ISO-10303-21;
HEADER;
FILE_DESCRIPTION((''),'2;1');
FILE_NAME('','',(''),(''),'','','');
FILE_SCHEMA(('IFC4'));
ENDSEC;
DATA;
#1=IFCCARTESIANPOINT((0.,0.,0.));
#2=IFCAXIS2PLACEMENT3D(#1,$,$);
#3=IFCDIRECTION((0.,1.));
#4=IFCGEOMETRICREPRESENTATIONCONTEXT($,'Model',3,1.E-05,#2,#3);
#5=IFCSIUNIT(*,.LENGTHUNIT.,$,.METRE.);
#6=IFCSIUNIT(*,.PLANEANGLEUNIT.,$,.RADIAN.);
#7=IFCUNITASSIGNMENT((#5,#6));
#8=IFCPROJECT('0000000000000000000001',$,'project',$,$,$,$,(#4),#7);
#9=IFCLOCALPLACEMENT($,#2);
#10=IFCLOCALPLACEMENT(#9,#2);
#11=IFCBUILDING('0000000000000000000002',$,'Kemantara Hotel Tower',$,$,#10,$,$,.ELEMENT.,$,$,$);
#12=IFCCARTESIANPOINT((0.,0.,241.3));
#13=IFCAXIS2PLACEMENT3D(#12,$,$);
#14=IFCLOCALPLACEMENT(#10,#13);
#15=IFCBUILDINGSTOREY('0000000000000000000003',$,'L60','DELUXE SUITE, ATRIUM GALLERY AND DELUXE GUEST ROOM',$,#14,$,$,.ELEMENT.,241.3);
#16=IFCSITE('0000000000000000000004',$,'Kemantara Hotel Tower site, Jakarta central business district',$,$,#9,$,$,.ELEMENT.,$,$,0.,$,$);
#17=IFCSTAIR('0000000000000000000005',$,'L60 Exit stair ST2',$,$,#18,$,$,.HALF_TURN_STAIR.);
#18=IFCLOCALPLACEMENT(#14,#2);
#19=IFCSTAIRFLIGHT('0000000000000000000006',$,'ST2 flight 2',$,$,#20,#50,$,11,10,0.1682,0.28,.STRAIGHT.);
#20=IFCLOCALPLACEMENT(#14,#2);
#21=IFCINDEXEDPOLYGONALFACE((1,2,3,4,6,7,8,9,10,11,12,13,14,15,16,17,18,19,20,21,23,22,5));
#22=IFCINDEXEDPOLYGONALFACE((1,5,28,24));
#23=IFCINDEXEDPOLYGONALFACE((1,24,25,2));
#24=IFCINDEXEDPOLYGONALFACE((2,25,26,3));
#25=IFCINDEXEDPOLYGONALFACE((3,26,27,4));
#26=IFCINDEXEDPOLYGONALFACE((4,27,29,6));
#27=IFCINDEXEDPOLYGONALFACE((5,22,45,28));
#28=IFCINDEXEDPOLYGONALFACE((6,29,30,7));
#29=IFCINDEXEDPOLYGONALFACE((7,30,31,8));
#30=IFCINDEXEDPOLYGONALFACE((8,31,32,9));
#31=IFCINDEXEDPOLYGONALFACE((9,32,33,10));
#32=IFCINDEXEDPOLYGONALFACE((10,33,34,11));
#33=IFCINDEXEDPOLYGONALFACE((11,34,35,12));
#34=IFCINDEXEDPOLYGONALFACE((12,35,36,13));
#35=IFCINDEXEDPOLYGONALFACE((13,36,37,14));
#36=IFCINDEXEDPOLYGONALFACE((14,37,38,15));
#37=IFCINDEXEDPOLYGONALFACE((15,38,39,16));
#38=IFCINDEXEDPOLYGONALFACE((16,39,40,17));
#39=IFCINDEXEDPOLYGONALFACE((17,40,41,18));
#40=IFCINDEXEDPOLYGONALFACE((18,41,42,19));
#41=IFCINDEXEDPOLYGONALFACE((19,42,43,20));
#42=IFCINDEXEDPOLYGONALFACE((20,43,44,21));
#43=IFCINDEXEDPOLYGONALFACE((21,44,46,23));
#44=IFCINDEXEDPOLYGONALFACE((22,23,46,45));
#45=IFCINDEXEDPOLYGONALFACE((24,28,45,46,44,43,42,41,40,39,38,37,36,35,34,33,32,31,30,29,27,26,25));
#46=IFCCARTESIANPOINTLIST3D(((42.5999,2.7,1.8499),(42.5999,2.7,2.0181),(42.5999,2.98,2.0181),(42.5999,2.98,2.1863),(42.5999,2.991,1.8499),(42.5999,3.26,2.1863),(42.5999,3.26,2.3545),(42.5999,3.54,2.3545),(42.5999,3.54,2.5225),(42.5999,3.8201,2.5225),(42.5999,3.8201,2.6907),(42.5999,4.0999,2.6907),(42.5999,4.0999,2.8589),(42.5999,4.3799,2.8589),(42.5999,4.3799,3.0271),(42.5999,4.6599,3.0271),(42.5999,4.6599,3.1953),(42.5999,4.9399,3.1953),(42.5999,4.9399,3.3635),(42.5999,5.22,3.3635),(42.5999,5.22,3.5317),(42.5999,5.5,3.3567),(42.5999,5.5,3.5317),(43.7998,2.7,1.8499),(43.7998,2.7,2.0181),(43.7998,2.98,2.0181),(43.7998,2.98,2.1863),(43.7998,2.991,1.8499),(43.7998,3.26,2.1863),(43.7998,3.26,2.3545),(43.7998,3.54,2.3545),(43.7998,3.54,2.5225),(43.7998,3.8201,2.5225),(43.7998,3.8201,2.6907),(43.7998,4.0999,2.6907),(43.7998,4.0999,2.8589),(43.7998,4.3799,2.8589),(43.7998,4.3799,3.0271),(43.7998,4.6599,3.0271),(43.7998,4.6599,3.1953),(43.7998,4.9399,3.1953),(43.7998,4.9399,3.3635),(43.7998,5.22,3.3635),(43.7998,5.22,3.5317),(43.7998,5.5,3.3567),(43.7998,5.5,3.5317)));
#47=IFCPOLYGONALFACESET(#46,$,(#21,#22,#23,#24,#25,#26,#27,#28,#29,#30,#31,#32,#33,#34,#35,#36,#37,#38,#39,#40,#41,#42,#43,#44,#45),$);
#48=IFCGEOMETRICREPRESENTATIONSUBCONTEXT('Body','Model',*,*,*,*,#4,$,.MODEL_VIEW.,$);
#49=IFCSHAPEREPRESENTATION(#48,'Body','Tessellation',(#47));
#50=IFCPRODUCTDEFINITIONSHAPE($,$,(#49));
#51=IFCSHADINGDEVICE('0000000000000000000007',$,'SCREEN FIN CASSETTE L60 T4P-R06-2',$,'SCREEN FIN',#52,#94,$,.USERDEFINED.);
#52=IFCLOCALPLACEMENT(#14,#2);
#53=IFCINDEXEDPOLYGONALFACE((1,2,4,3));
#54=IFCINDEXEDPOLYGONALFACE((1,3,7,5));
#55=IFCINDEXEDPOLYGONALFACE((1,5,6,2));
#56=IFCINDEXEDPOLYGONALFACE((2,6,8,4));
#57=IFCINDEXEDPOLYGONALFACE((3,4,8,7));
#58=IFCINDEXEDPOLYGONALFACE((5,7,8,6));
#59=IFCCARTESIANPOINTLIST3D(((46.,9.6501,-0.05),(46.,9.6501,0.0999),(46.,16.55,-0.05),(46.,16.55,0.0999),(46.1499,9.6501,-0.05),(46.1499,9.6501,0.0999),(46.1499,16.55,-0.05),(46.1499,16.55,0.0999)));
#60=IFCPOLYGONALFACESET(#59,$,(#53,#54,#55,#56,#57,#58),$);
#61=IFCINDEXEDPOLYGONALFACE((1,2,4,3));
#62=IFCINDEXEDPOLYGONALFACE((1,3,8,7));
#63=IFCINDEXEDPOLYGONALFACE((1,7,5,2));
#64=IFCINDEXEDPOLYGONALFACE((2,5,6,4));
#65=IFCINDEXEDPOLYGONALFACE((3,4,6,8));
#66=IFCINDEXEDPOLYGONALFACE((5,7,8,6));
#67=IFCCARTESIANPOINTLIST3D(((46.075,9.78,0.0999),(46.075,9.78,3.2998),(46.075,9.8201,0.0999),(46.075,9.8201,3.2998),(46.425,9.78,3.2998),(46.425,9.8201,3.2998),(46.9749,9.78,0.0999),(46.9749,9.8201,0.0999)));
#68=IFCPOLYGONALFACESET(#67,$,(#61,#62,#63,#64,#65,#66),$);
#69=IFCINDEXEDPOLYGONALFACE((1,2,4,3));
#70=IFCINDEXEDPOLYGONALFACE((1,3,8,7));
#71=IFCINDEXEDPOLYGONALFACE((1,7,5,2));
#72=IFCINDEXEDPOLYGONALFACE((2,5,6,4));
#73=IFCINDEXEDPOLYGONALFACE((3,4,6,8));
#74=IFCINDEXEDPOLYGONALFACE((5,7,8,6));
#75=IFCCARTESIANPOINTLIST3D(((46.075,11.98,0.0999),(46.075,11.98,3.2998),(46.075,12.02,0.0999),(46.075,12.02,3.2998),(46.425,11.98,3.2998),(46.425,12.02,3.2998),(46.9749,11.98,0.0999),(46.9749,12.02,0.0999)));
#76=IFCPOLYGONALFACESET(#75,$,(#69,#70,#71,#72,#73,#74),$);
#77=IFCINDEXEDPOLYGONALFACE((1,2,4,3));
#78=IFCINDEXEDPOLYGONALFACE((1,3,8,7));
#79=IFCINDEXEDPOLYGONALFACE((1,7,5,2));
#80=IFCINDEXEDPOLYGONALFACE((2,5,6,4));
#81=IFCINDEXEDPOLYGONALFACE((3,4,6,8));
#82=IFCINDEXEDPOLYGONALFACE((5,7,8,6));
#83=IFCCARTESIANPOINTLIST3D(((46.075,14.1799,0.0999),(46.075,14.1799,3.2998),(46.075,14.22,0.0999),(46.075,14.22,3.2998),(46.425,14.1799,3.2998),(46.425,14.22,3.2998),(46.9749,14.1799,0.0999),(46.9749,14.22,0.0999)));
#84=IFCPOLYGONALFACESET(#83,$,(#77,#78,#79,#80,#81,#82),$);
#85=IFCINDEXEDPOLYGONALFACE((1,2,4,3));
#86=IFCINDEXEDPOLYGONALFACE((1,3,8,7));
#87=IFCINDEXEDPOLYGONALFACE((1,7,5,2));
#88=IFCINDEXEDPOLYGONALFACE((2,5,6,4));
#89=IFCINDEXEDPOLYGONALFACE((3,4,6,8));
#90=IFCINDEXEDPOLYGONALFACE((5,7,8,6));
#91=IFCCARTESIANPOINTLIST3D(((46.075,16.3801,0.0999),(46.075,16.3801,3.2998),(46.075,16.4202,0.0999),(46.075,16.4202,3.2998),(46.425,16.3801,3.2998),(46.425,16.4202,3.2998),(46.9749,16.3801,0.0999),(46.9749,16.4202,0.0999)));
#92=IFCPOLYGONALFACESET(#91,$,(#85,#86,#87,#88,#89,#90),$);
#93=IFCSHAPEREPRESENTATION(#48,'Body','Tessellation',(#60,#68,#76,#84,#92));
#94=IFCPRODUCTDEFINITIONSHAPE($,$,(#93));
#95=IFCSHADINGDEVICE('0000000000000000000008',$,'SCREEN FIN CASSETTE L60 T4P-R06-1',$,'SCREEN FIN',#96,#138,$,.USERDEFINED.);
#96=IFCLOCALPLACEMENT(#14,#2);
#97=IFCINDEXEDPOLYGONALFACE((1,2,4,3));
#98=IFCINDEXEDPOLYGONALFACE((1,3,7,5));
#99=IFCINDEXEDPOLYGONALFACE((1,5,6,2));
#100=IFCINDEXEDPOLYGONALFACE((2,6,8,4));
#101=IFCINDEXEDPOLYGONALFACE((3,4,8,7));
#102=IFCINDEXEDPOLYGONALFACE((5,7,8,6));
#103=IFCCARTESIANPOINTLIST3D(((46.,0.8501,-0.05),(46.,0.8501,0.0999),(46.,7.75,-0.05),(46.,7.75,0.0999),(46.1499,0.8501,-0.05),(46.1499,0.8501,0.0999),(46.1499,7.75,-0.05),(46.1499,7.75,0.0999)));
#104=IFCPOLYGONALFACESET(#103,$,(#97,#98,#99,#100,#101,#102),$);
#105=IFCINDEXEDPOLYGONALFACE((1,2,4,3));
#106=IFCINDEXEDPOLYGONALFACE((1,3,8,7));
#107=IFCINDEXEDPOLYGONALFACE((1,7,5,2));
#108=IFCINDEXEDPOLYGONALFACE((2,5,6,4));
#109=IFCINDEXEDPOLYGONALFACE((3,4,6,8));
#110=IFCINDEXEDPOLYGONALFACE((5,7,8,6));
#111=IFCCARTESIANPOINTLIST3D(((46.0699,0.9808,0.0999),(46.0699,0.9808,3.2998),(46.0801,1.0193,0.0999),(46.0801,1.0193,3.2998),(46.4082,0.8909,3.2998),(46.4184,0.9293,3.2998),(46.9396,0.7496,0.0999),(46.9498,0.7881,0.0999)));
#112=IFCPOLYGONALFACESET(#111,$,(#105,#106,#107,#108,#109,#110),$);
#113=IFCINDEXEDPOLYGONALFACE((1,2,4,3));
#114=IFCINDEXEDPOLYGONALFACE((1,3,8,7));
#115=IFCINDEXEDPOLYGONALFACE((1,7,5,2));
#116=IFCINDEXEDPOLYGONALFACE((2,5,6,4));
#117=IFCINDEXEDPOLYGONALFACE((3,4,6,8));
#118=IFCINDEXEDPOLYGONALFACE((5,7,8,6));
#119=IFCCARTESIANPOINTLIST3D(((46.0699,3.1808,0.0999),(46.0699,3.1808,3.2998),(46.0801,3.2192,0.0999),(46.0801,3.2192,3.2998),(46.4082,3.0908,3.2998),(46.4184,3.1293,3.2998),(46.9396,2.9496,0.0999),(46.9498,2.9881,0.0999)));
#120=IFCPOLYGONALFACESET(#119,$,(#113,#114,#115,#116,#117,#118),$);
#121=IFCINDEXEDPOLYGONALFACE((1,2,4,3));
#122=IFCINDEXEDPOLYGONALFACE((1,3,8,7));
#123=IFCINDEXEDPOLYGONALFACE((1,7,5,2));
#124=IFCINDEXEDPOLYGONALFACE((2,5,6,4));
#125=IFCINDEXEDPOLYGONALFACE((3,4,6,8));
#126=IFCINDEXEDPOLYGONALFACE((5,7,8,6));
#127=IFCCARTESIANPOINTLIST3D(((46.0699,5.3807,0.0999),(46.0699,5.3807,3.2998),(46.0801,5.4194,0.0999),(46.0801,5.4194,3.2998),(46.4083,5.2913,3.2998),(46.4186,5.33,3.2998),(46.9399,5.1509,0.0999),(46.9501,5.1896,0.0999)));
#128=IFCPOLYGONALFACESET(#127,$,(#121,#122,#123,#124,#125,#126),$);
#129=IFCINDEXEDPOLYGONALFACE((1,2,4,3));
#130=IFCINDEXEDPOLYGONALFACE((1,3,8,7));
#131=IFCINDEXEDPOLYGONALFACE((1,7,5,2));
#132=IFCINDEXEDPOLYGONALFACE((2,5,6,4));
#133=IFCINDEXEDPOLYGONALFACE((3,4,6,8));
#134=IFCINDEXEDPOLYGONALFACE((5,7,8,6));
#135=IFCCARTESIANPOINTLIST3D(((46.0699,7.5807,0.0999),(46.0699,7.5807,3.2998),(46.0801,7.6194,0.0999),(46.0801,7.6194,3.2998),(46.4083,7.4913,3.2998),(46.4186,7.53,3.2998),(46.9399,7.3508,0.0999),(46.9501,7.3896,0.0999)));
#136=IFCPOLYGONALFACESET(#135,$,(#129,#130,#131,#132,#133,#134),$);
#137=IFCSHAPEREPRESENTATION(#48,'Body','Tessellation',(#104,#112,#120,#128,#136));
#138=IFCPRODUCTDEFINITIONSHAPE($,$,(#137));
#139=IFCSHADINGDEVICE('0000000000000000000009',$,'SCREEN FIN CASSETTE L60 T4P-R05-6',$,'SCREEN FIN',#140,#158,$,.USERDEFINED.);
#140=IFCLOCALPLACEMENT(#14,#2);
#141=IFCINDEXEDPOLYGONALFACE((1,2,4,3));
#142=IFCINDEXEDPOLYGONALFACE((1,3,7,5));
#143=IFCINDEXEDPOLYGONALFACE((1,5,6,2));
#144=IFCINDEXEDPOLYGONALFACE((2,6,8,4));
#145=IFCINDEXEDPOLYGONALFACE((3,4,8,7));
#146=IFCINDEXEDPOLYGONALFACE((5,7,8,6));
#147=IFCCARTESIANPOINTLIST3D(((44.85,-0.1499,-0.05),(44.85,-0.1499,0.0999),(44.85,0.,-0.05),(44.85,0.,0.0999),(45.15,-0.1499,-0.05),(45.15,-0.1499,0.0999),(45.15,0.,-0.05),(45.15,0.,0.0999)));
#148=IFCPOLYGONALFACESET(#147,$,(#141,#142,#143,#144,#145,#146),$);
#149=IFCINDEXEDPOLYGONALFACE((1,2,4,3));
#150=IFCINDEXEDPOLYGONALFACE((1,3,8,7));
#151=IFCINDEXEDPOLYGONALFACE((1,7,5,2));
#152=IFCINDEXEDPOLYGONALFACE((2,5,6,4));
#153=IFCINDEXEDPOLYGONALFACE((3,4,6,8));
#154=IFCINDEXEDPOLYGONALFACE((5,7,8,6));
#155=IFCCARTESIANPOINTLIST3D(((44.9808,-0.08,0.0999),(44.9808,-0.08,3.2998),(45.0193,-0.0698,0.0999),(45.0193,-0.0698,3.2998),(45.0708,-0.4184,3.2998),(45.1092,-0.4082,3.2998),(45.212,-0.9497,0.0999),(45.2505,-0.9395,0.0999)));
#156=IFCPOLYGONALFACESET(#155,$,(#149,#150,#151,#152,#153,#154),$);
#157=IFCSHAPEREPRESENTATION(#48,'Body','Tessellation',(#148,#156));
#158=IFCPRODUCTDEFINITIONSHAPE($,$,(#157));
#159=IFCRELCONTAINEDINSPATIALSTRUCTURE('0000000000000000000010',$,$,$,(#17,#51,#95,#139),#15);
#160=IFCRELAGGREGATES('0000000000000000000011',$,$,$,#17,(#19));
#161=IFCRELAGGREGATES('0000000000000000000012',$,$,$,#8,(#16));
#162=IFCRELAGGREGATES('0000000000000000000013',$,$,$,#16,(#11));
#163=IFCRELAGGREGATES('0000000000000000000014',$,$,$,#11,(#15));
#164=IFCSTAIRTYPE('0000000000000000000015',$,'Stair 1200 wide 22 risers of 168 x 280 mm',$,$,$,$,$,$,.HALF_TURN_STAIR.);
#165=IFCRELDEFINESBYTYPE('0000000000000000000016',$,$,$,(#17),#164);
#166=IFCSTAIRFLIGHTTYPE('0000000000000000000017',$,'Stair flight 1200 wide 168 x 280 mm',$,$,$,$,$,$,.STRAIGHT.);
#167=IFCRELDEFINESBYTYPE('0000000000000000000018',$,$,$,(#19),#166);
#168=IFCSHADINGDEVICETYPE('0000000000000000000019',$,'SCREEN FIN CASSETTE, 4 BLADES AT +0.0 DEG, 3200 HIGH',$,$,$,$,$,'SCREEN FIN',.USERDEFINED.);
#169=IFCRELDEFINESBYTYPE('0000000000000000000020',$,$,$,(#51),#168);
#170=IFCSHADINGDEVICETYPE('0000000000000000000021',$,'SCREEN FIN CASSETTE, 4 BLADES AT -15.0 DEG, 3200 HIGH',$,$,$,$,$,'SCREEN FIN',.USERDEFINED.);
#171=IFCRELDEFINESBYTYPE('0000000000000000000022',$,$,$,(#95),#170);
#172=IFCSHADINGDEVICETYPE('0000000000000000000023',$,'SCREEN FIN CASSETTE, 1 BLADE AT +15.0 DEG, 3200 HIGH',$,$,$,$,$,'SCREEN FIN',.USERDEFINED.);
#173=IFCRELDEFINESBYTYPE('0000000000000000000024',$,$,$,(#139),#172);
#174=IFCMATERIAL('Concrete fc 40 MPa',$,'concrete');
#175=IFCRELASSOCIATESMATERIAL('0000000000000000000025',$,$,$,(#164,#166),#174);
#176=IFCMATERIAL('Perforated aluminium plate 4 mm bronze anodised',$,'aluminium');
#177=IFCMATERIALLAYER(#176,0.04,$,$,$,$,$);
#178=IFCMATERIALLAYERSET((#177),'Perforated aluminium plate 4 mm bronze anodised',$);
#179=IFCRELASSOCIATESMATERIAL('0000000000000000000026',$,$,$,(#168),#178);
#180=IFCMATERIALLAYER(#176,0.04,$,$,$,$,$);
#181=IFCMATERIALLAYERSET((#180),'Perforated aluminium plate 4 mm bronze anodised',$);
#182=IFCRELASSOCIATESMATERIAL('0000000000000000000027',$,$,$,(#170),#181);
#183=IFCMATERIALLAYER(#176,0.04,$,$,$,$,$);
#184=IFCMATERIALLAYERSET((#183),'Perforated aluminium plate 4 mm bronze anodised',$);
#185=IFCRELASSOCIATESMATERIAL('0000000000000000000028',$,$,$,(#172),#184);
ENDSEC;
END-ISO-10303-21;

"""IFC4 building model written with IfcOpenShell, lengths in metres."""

from ifc_helpers import new_model, si_unit, direction, frame, origin, origin_2d, place, context, subcontext, project, spatial, polyline, rectangle, outline, extrude, source, transform, mapped, material, layer, layer_set, type_object, element, aggregate, save


model = new_model("IFC4")

# Units and contexts
model_context = context("Model", 3, precision=1e-05, world=origin(), true_north=direction((0.0, 1.0)))
body_context = subcontext(model_context, "Body", "Model", "MODEL_VIEW")
ifc_project = project(units=[si_unit("LENGTHUNIT", "METRE"), si_unit("PLANEANGLEUNIT", "RADIAN")], contexts=[model_context])

# Site, building, storey
site_placement = place(None, origin())
site = spatial("IfcSite", under=ifc_project, at=site_placement, Name="Kemantara Hotel Tower site, Jakarta central business district", CompositionType="ELEMENT", RefElevation=0.0)
building_placement = place(site_placement, origin())
building = spatial("IfcBuilding", under=site, at=building_placement, Name="Kemantara Hotel Tower", CompositionType="ELEMENT")
storey_placement = place(building_placement, frame((0.0, 0.0, 241.3)))
storey = spatial("IfcBuildingStorey", under=building, at=storey_placement, Name="L60", Description="DELUXE SUITE, ATRIUM GALLERY AND DELUXE GUEST ROOM", CompositionType="ELEMENT", Elevation=241.3)

# Stair, stair flight
ifc_material_1 = material(Name="Concrete fc 40 MPa", Category="concrete")
stair_type = type_object("IfcStairType", Name="Stair 1200 wide 22 risers of 168 x 280 mm", PredefinedType="HALF_TURN_STAIR", material=ifc_material_1)
stair_placement = place(storey_placement, origin())
stair = element("IfcStair", 1, at=stair_placement, inside=storey, type_object=stair_type, Name="L60 Exit stair ST2", PredefinedType="HALF_TURN_STAIR")
stair_flight_type = type_object("IfcStairFlightType", Name="Stair flight 1200 wide 168 x 280 mm", PredefinedType="STRAIGHT", material=ifc_material_1)
stair_flight_placement = place(storey_placement, frame((43.2, 2.7, 1.8499), z_axis=(0.0, 0.0, 1.0), x_axis=(0.0, 1.0, 0.0)))
stair_flight = element("IfcStairFlight", 2, at=stair_flight_placement, type_object=stair_flight_type, Name="ST2 flight 2", NumberOfRisers=11, NumberOfTreads=10, PredefinedType="STRAIGHT", RiserHeight=0.1682, TreadLength=0.28, context=body_context, shape_type="SweptSolid", body=[
    extrude(outline(polyline([(0.0, 0.0), (0.0, 0.1682), (0.28, 0.1682), (0.28, 0.3364), (0.5601, 0.3364), (0.5601, 0.5046), (0.8401, 0.5046), (0.8401, 0.6726), (1.1201, 0.6726), (1.1201, 0.8408), (1.3999, 0.8408), (1.3999, 1.009), (1.6799, 1.009), (1.6799, 1.1772), (1.96, 1.1772), (1.96, 1.3455), (2.24, 1.3455), (2.24, 1.5137), (2.52, 1.5137), (2.52, 1.6819), (2.8, 1.6819), (2.8, 1.8501), (2.8, 1.5068), (0.291, 0.0), (0.0, 0.0)])), frame((0.0, 0.6001, 0.0), z_axis=(0.0, -1.0, 0.0), x_axis=(1.0, 0.0, 0.0)), (0.0, 0.0, 1.0), 1.2),
])
aggregate(stair, [stair_flight])

# Shading devices
ifc_material_2 = material(Name="Perforated aluminium plate 4 mm bronze anodised", Category="aluminium")
ifc_layer_1 = layer(ifc_material_2, 0.04)
ifc_layer_set_1 = layer_set([ifc_layer_1], Name="Perforated aluminium plate 4 mm bronze anodised")
shading_device_type_1 = type_object("IfcShadingDeviceType", Name="SCREEN FIN CASSETTE, 4 BLADES AT +0.0 DEG, 3200 HIGH", ElementType="SCREEN FIN", PredefinedType="USERDEFINED", material=ifc_layer_set_1)
shared_shape_1 = source(origin(), body_context, "Body", "SweptSolid", [
    extrude(rectangle(XDim=6.8999, YDim=0.1499, at=origin_2d()), frame((3.3, -0.075, -0.1499), z_axis=(0.0, 0.0, 1.0), x_axis=(1.0, 0.0, 0.0)), (0.0, 0.0, 1.0), 0.1499),
    extrude(outline(polyline([(0.0, 0.0), (0.8999, 0.0), (0.3501, 3.2), (0.0, 3.2), (0.0, 0.0)])), frame((0.02, -0.075, 0.0), z_axis=(-1.0, 0.0, 0.0), x_axis=(0.0, -1.0, 0.0)), (0.0, 0.0, 1.0), 0.04),
    extrude(outline(polyline([(0.0, 0.0), (0.8999, 0.0), (0.3501, 3.2), (0.0, 3.2), (0.0, 0.0)])), frame((2.22, -0.075, 0.0), z_axis=(-1.0, 0.0, 0.0), x_axis=(0.0, -1.0, 0.0)), (0.0, 0.0, 1.0), 0.04),
    extrude(outline(polyline([(0.0, 0.0), (0.8999, 0.0), (0.3501, 3.2), (0.0, 3.2), (0.0, 0.0)])), frame((4.4199, -0.075, 0.0), z_axis=(-1.0, 0.0, 0.0), x_axis=(0.0, -1.0, 0.0)), (0.0, 0.0, 1.0), 0.04),
    extrude(outline(polyline([(0.0, 0.0), (0.8999, 0.0), (0.3501, 3.2), (0.0, 3.2), (0.0, 0.0)])), frame((6.6201, -0.075, 0.0), z_axis=(-1.0, 0.0, 0.0), x_axis=(0.0, -1.0, 0.0)), (0.0, 0.0, 1.0), 0.04),
])
shading_device_1_placement = place(storey_placement, frame((46.0, 9.8, 0.0999), z_axis=(0.0, 0.0, 1.0), x_axis=(0.0, 1.0, 0.0)))
element("IfcShadingDevice", 3, at=shading_device_1_placement, inside=storey, type_object=shading_device_type_1, Name="SCREEN FIN CASSETTE L60 T4P-R06-2", ObjectType="SCREEN FIN", PredefinedType="USERDEFINED", context=body_context, shape_type="MappedRepresentation", body=[
    mapped(shared_shape_1, transform((0.0, 0.0, 0.0))),
])
ifc_layer_2 = layer(ifc_material_2, 0.04)
ifc_layer_set_2 = layer_set([ifc_layer_2], Name="Perforated aluminium plate 4 mm bronze anodised")
shading_device_type_2 = type_object("IfcShadingDeviceType", Name="SCREEN FIN CASSETTE, 4 BLADES AT -15.0 DEG, 3200 HIGH", ElementType="SCREEN FIN", PredefinedType="USERDEFINED", material=ifc_layer_set_2)
shared_shape_2 = source(origin(), body_context, "Body", "SweptSolid", [
    extrude(rectangle(XDim=6.8999, YDim=0.1499, at=origin_2d()), frame((3.3, -0.075, -0.1499), z_axis=(0.0, 0.0, 1.0), x_axis=(1.0, 0.0, 0.0)), (0.0, 0.0, 1.0), 0.1499),
    extrude(outline(polyline([(0.0, 0.0), (0.8999, 0.0), (0.3501, 3.2), (0.0, 3.2), (0.0, 0.0)])), frame((0.0193, -0.0801, 0.0), z_axis=(-0.966438, 0.256901, 0.0), x_axis=(-0.256901, -0.966438, 0.0)), (0.0, 0.0, 1.0), 0.0398),
    extrude(outline(polyline([(0.0, 0.0), (0.8999, 0.0), (0.3501, 3.2), (0.0, 3.2), (0.0, 0.0)])), frame((2.2192, -0.0801, 0.0), z_axis=(-0.966438, 0.256901, 0.0), x_axis=(-0.256901, -0.966438, 0.0)), (0.0, 0.0, 1.0), 0.0398),
    extrude(outline(polyline([(0.0, 0.0), (0.8999, 0.0), (0.3501, 3.2), (0.0, 3.2), (0.0, 0.0)])), frame((4.4194, -0.0801, 0.0), z_axis=(-0.966838, 0.255391, 0.0), x_axis=(-0.255391, -0.966838, 0.0)), (0.0, 0.0, 1.0), 0.04),
    extrude(outline(polyline([(0.0, 0.0), (0.8999, 0.0), (0.3501, 3.2), (0.0, 3.2), (0.0, 0.0)])), frame((6.6194, -0.0801, 0.0), z_axis=(-0.966838, 0.255391, 0.0), x_axis=(-0.255391, -0.966838, 0.0)), (0.0, 0.0, 1.0), 0.04),
])
shading_device_2_placement = place(storey_placement, frame((46.0, 1.0, 0.0999), z_axis=(0.0, 0.0, 1.0), x_axis=(0.0, 1.0, 0.0)))
element("IfcShadingDevice", 4, at=shading_device_2_placement, inside=storey, type_object=shading_device_type_2, Name="SCREEN FIN CASSETTE L60 T4P-R06-1", ObjectType="SCREEN FIN", PredefinedType="USERDEFINED", context=body_context, shape_type="MappedRepresentation", body=[
    mapped(shared_shape_2, transform((0.0, 0.0, 0.0))),
])
ifc_layer_3 = layer(ifc_material_2, 0.04)
ifc_layer_set_3 = layer_set([ifc_layer_3], Name="Perforated aluminium plate 4 mm bronze anodised")
shading_device_type_3 = type_object("IfcShadingDeviceType", Name="SCREEN FIN CASSETTE, 1 BLADE AT +15.0 DEG, 3200 HIGH", ElementType="SCREEN FIN", PredefinedType="USERDEFINED", material=ifc_layer_set_3)
shared_shape_3 = source(origin(), body_context, "Body", "SweptSolid", [
    extrude(rectangle(XDim=0.3, YDim=0.1499, at=origin_2d()), frame((0.0, -0.075, -0.1499), z_axis=(0.0, 0.0, 1.0), x_axis=(1.0, 0.0, 0.0)), (0.0, 0.0, 1.0), 0.1499),
    extrude(outline(polyline([(0.0, 0.0), (0.8999, 0.0), (0.3501, 3.2), (0.0, 3.2), (0.0, 0.0)])), frame((0.0193, -0.0698, 0.0), z_axis=(-0.966438, -0.256901, 0.0), x_axis=(0.256901, -0.966438, 0.0)), (0.0, 0.0, 1.0), 0.0398),
])
shading_device_3_placement = place(storey_placement, frame((45.0, 0.0, 0.0999), z_axis=(0.0, 0.0, 1.0), x_axis=(1.0, 0.0, 0.0)))
element("IfcShadingDevice", 5, at=shading_device_3_placement, inside=storey, type_object=shading_device_type_3, Name="SCREEN FIN CASSETTE L60 T4P-R05-6", ObjectType="SCREEN FIN", PredefinedType="USERDEFINED", context=body_context, shape_type="MappedRepresentation", body=[
    mapped(shared_shape_3, transform((0.0, 0.0, 0.0))),
])

save(model, "model.ifc")
